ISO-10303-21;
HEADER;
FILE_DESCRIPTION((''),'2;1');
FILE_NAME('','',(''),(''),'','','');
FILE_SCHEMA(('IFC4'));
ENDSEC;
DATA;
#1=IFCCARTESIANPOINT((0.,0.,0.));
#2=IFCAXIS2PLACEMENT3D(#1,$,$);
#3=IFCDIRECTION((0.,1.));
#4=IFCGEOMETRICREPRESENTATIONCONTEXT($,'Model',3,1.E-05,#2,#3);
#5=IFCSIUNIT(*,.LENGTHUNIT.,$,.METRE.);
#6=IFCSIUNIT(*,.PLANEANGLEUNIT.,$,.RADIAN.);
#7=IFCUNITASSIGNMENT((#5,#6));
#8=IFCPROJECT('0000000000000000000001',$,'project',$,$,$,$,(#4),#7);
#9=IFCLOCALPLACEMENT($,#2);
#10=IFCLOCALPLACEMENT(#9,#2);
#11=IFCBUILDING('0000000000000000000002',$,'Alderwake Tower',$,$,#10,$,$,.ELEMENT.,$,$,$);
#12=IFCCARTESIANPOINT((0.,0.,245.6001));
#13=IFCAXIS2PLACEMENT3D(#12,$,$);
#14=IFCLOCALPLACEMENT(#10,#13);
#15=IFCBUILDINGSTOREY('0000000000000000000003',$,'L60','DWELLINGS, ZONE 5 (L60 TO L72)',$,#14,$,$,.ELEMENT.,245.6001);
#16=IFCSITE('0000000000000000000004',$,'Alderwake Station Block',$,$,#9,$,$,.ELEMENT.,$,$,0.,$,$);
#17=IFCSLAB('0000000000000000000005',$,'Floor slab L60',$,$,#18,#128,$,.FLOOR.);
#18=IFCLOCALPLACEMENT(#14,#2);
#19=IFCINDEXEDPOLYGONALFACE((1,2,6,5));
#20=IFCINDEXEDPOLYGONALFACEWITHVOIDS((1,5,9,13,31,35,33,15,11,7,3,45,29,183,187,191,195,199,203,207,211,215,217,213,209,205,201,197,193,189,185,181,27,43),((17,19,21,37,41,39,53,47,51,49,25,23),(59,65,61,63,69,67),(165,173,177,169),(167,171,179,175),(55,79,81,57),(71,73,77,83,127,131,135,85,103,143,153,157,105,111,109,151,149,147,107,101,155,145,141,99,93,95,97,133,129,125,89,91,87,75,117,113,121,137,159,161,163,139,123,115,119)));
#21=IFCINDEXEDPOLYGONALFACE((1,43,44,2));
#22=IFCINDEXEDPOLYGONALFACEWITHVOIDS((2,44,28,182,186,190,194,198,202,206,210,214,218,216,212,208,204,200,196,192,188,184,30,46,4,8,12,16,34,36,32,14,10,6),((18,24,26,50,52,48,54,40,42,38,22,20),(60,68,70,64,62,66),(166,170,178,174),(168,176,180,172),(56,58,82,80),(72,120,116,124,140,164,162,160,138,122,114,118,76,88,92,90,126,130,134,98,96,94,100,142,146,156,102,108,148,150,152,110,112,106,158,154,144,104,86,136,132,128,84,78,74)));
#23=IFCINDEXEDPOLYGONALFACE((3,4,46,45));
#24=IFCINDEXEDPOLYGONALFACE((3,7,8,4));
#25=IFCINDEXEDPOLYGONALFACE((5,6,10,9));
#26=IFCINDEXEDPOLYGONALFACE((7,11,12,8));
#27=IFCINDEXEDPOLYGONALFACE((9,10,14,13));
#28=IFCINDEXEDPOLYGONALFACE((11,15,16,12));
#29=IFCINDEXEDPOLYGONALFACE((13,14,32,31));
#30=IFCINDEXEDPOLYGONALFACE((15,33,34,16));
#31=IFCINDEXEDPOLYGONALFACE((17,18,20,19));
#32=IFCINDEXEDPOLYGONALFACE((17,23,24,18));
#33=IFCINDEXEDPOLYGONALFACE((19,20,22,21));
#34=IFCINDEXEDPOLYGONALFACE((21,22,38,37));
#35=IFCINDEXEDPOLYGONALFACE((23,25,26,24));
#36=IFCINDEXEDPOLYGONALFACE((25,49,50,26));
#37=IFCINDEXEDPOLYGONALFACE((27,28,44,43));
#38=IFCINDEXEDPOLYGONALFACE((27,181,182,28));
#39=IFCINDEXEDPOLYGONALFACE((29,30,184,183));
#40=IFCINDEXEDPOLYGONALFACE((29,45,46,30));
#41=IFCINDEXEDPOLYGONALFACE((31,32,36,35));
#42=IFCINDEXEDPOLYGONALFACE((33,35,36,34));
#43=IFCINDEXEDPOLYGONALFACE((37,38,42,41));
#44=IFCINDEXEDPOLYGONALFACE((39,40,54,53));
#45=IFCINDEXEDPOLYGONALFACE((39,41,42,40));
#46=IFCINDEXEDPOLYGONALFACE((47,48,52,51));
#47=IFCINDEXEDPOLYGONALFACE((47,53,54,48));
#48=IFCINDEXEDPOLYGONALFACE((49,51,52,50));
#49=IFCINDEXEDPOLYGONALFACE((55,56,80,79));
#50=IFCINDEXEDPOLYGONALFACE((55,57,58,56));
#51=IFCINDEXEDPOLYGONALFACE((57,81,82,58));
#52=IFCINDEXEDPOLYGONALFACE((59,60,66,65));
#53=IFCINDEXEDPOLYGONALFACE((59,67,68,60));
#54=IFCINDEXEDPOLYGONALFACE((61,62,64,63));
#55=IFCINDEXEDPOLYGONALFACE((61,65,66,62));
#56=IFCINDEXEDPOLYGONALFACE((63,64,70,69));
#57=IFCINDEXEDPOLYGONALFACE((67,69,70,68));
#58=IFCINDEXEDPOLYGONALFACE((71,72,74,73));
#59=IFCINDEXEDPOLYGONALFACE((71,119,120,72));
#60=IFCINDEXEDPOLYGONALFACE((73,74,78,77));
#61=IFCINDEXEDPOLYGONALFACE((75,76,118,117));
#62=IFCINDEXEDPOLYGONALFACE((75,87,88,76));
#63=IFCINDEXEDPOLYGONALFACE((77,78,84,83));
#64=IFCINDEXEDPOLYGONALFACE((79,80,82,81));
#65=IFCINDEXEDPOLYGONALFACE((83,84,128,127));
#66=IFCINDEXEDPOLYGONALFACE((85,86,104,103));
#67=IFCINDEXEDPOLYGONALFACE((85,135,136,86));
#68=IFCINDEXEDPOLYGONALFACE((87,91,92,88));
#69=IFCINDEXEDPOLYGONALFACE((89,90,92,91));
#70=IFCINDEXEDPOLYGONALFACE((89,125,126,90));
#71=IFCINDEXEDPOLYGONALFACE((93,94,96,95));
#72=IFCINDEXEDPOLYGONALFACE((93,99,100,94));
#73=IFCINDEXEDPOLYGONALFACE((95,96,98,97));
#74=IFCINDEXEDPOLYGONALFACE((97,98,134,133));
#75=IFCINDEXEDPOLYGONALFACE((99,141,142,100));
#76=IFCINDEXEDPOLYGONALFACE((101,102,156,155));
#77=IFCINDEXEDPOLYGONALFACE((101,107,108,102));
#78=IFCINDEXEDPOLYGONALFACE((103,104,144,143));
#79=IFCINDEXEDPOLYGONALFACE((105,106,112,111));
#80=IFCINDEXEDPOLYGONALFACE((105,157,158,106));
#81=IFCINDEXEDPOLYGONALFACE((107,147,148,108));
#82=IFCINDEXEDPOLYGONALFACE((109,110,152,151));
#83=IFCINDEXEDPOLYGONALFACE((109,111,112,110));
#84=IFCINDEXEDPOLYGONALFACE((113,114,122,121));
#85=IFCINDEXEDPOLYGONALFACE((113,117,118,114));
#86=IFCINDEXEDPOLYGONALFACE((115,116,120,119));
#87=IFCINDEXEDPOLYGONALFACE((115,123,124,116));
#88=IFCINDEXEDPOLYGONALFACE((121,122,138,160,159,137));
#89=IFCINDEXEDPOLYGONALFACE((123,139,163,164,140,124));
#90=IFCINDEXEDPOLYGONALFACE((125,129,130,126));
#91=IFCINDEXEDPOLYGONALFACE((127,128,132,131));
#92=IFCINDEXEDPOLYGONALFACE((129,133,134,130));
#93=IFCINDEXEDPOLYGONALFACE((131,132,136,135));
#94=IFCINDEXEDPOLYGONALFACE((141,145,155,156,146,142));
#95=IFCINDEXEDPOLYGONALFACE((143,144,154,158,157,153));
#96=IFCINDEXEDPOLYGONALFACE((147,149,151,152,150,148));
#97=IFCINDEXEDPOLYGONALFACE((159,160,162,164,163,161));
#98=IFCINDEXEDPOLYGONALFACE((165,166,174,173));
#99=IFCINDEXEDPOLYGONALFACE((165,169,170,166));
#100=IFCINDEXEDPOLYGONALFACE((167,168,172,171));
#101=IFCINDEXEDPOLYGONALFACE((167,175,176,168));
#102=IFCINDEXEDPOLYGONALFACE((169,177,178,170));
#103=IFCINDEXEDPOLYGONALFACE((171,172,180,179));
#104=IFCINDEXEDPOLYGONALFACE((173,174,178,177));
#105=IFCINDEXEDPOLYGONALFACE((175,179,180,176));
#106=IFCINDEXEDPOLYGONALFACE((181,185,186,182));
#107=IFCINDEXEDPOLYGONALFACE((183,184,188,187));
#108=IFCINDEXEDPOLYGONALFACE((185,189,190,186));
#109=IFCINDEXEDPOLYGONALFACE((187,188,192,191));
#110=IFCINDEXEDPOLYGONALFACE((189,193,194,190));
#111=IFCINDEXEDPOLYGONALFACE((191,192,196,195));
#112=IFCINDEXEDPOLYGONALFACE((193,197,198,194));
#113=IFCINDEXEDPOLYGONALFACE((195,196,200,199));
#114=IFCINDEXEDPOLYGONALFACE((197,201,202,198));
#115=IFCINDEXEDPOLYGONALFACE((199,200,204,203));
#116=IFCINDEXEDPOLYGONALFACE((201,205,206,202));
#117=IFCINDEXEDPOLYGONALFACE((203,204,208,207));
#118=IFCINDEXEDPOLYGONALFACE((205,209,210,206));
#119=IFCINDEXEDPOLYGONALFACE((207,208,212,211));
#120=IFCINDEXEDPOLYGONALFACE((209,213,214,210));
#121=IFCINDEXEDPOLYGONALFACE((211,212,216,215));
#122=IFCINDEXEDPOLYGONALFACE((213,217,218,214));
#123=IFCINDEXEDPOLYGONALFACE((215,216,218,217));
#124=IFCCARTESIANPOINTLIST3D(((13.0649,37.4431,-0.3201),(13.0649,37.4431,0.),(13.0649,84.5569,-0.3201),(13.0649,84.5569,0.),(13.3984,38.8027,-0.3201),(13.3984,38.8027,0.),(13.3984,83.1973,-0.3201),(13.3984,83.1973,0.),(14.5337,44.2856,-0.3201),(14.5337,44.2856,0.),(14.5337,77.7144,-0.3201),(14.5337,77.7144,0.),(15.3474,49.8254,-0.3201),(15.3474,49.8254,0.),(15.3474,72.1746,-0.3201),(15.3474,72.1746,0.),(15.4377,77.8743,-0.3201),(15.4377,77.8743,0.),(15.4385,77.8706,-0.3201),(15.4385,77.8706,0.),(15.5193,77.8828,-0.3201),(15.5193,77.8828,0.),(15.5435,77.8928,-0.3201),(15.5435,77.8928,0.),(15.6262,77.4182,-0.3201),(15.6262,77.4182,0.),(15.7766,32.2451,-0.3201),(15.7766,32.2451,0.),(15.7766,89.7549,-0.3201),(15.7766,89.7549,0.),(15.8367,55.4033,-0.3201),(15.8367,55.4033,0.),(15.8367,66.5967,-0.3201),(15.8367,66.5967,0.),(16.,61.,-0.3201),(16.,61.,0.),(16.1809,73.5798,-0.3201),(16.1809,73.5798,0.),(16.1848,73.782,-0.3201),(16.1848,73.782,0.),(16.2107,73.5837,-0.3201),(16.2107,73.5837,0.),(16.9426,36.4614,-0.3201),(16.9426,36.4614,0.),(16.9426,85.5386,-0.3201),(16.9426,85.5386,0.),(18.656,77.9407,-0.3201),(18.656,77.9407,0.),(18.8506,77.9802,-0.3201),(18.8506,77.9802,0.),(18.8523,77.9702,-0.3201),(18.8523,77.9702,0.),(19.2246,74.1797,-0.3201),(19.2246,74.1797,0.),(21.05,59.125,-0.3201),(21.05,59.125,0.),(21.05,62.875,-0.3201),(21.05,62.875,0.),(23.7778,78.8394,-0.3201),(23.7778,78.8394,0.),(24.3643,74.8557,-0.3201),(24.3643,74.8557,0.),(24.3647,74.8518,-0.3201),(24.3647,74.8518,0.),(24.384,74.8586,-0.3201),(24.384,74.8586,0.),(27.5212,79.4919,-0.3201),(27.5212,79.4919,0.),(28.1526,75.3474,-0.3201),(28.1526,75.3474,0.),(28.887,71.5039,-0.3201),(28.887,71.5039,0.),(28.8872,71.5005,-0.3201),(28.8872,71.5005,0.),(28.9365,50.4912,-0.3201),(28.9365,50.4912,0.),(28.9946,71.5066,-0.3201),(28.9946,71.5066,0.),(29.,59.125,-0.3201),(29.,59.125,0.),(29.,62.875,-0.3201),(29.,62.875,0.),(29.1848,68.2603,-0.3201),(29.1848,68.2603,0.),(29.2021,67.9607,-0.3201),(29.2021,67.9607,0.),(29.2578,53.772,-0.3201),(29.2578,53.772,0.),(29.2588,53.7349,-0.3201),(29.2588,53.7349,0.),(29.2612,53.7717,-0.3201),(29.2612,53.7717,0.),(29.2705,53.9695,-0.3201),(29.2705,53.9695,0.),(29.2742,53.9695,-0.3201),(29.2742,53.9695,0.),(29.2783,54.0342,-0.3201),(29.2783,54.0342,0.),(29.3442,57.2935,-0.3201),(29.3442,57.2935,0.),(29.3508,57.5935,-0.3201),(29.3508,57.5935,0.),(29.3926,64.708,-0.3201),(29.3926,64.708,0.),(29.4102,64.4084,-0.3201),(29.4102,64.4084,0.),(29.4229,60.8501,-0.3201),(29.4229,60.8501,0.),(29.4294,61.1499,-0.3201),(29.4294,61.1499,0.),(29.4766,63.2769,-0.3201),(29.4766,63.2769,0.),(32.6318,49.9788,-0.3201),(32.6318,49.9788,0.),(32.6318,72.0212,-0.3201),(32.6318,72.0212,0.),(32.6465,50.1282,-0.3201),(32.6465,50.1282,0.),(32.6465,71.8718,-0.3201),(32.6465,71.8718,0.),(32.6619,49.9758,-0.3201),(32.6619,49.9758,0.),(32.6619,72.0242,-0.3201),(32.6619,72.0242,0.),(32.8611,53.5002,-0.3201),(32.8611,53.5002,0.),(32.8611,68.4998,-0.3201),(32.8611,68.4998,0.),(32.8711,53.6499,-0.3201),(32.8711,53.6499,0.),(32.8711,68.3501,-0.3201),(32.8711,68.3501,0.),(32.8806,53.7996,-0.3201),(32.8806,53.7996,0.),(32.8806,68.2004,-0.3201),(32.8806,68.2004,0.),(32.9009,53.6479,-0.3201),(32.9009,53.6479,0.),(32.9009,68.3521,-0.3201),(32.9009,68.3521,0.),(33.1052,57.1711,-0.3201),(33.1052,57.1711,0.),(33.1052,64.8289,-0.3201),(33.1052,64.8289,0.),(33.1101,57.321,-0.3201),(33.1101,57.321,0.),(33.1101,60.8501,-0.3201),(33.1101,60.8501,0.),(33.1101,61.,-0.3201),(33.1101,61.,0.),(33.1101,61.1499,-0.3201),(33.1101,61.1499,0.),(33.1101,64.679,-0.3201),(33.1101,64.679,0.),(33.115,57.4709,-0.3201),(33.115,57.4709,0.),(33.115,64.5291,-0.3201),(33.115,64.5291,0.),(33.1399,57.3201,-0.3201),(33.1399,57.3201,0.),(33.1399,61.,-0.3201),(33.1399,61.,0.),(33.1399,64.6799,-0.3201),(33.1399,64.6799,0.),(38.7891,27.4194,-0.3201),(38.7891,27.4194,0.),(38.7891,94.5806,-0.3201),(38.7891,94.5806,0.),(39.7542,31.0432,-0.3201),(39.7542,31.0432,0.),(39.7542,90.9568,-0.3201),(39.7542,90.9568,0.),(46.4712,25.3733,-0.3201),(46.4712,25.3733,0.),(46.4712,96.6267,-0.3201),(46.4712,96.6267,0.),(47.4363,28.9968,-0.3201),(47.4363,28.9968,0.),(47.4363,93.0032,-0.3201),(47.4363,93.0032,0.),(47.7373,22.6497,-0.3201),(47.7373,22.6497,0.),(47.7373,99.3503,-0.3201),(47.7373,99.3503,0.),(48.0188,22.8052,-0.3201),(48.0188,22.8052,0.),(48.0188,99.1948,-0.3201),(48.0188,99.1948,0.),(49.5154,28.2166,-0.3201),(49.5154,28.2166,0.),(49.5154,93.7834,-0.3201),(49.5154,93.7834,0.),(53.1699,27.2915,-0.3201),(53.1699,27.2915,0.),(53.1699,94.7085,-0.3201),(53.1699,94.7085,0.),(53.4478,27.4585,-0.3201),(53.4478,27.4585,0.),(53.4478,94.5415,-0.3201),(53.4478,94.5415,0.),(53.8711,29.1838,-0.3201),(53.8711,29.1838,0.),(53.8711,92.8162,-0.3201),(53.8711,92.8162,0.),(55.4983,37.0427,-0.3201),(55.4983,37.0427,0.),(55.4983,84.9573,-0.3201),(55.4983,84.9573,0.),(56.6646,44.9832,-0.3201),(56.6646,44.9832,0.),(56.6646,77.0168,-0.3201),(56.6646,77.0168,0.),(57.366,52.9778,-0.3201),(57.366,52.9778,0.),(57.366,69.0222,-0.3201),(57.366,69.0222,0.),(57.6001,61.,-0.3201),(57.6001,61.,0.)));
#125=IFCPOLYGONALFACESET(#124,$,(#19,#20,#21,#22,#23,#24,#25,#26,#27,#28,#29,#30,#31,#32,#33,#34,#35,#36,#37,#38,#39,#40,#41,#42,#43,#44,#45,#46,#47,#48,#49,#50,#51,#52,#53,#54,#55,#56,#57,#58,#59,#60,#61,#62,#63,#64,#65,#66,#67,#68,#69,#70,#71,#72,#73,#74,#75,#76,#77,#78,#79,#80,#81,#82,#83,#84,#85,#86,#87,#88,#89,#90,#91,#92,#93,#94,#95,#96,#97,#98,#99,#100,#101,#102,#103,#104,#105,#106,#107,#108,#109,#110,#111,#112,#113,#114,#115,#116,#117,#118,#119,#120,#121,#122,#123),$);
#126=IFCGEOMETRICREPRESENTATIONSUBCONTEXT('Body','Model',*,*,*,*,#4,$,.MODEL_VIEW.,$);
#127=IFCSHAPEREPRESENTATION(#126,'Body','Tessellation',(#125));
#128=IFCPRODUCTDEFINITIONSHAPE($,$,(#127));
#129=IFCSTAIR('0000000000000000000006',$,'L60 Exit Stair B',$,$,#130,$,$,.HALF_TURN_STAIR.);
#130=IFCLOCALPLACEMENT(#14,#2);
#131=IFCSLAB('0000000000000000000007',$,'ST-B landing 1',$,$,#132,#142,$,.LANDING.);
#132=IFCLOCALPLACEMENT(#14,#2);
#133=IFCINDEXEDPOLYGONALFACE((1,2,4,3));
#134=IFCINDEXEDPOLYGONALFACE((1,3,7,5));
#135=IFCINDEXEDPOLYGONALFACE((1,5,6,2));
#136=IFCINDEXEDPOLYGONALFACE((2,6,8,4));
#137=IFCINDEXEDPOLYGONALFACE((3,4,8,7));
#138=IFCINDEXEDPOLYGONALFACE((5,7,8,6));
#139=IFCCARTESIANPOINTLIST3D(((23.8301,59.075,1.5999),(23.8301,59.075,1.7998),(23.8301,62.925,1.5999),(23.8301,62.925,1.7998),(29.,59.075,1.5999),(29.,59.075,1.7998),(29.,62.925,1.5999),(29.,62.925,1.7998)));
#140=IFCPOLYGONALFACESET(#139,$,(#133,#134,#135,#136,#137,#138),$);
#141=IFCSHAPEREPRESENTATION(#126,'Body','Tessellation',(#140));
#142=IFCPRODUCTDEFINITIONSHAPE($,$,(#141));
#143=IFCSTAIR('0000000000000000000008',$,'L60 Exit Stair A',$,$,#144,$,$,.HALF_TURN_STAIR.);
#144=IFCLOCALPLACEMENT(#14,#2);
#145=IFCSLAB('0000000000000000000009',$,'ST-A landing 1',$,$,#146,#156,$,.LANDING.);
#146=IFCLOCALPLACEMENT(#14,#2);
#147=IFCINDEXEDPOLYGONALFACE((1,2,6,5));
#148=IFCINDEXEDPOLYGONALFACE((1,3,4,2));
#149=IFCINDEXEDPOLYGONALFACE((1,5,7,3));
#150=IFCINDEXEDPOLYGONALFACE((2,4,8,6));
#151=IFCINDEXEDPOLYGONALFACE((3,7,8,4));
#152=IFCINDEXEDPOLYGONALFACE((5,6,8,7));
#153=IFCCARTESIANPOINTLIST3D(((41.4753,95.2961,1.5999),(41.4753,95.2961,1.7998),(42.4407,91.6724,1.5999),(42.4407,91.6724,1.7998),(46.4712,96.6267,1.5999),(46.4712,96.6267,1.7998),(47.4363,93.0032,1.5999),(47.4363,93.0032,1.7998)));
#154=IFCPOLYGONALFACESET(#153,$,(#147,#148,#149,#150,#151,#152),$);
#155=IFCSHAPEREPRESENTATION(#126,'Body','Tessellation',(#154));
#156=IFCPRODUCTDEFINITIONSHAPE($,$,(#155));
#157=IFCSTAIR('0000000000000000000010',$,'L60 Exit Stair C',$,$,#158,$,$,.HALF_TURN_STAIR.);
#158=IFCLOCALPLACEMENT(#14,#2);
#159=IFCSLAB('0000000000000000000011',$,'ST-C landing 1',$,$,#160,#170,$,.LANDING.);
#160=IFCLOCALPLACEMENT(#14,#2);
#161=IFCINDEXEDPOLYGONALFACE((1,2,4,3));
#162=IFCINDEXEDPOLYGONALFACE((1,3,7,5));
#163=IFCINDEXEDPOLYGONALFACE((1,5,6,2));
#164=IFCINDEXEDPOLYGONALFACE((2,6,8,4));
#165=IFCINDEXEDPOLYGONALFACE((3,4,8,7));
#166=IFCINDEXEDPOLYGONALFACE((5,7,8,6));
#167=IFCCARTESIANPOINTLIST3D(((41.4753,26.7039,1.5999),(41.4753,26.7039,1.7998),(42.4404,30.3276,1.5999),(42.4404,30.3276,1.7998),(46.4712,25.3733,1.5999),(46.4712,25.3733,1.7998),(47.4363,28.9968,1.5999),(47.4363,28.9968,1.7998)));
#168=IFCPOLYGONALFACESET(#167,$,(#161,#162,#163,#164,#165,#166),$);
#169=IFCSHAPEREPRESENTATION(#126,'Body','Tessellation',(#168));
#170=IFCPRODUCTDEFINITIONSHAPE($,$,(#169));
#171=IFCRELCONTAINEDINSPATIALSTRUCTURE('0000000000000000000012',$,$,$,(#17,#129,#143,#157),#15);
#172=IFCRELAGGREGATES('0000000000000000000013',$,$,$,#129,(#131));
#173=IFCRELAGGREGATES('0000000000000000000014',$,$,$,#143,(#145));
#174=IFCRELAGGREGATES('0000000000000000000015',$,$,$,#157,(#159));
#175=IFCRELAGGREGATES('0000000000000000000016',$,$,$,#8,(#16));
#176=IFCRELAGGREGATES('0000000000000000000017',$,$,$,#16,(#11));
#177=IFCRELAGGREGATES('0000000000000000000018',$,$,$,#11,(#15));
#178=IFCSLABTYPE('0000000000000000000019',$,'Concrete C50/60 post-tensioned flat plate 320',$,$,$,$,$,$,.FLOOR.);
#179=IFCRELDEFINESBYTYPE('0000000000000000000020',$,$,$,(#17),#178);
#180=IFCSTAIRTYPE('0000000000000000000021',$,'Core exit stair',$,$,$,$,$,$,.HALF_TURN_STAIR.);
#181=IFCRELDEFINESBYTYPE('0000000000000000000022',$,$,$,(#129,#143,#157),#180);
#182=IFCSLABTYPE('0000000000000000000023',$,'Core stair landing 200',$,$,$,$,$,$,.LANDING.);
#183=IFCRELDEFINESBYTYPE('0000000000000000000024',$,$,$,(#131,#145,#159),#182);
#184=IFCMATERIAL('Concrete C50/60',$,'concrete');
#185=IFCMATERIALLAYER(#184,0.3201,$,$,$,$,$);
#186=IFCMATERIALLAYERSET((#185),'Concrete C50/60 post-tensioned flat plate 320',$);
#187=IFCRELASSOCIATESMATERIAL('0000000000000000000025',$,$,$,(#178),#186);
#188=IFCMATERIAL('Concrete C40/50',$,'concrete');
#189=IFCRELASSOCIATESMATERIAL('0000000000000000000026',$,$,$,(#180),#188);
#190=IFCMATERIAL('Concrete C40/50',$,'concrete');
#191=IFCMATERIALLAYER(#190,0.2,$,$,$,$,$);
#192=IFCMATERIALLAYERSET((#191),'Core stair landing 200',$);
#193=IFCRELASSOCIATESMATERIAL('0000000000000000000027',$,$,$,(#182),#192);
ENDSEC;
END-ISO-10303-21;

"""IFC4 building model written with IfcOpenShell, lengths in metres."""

from ifc_helpers import new_model, si_unit, direction, frame, origin, place, context, subcontext, project, spatial, polyline, outline, extrude, material, layer, layer_set, type_object, element, aggregate, save


model = new_model("IFC4")

# Units and contexts
model_context = context("Model", 3, precision=1e-05, world=origin(), true_north=direction((0.0, 1.0)))
body_context = subcontext(model_context, "Body", "Model", "MODEL_VIEW")
ifc_project = project(units=[si_unit("LENGTHUNIT", "METRE"), si_unit("PLANEANGLEUNIT", "RADIAN")], contexts=[model_context])

# Site, building, storey
site_placement = place(None, origin())
site = spatial("IfcSite", under=ifc_project, at=site_placement, Name="Alderwake Station Block", CompositionType="ELEMENT", RefElevation=0.0)
building_placement = place(site_placement, origin())
building = spatial("IfcBuilding", under=site, at=building_placement, Name="Alderwake Tower", CompositionType="ELEMENT")
storey_placement = place(building_placement, frame((0.0, 0.0, 245.6001)))
storey = spatial("IfcBuildingStorey", under=building, at=storey_placement, Name="L60", Description="DWELLINGS, ZONE 5 (L60 TO L72)", CompositionType="ELEMENT", Elevation=245.6001)

# Slab
ifc_material_1 = material(Name="Concrete C50/60", Category="concrete")
ifc_layer_1 = layer(ifc_material_1, 0.3201)
ifc_layer_set_1 = layer_set([ifc_layer_1], Name="Concrete C50/60 post-tensioned flat plate 320")
slab_type_1 = type_object("IfcSlabType", Name="Concrete C50/60 post-tensioned flat plate 320", PredefinedType="FLOOR", material=ifc_layer_set_1)
slab_1_placement = place(storey_placement, frame((0.0, 0.0, -0.3201)))
element("IfcSlab", 1, at=slab_1_placement, inside=storey, type_object=slab_type_1, Name="Floor slab L60", PredefinedType="FLOOR", context=body_context, shape_type="SweptSolid", body=[
    extrude(outline(polyline([(16.9426, 36.4614), (13.0649, 37.4431), (13.3984, 38.8027), (14.5337, 44.2856), (15.3474, 49.8254), (15.8367, 55.4033), (16.0, 61.0), (15.8367, 66.5967), (15.3474, 72.1746), (14.5337, 77.7144), (13.3984, 83.1973), (13.0649, 84.5569), (16.9426, 85.5386), (15.7766, 89.7549), (47.7373, 99.3503), (48.0188, 99.1948), (49.5154, 93.7834), (53.1699, 94.7085), (53.4478, 94.5415), (53.8711, 92.8162), (55.4983, 84.9573), (56.6646, 77.0168), (57.366, 69.0222), (57.6001, 61.0), (57.366, 52.9778), (56.6646, 44.9832), (55.4983, 37.0427), (53.8711, 29.1838), (53.4478, 27.4585), (53.1699, 27.2915), (49.5154, 28.2166), (48.0188, 22.8052), (47.7373, 22.6497), (15.7766, 32.2451), (16.9426, 36.4614)]), holes=[polyline([(29.2612, 53.7717), (29.2578, 53.772), (28.9365, 50.4912), (32.6465, 50.1282), (32.6318, 49.9788), (32.6619, 49.9758), (32.9009, 53.6479), (33.1399, 57.3201), (33.1399, 61.0), (33.1399, 64.6799), (32.9009, 68.3521), (32.6619, 72.0242), (32.6318, 72.0212), (32.6465, 71.8718), (28.887, 71.5039), (28.8872, 71.5005), (28.9946, 71.5066), (29.1848, 68.2603), (32.8611, 68.4998), (32.8711, 68.3501), (32.8806, 68.2004), (29.2021, 67.9607), (29.3926, 64.708), (33.1052, 64.8289), (33.1101, 64.679), (33.115, 64.5291), (29.4102, 64.4084), (29.4766, 63.2769), (29.4294, 61.1499), (33.1101, 61.1499), (33.1101, 61.0), (33.1101, 60.8501), (29.4229, 60.8501), (29.3508, 57.5935), (33.115, 57.4709), (33.1101, 57.321), (33.1052, 57.1711), (29.3442, 57.2935), (29.2705, 53.9695), (29.2742, 53.9695), (29.2783, 54.0342), (32.8806, 53.7996), (32.8711, 53.6499), (32.8611, 53.5002), (29.2588, 53.7349), (29.2612, 53.7717)]), polyline([(29.0, 62.875), (21.05, 62.875), (21.05, 59.125), (29.0, 59.125), (29.0, 62.875)]), polyline([(15.6262, 77.4182), (15.5435, 77.8928), (15.4377, 77.8743), (15.4385, 77.8706), (15.5193, 77.8828), (16.1809, 73.5798), (16.2107, 73.5837), (16.1848, 73.782), (19.2246, 74.1797), (18.656, 77.9407), (18.8523, 77.9702), (18.8506, 77.9802), (15.6262, 77.4182)]), polyline([(28.1526, 75.3474), (27.5212, 79.4919), (23.7778, 78.8394), (24.384, 74.8586), (24.3643, 74.8557), (24.3647, 74.8518), (28.1526, 75.3474)]), polyline([(46.4712, 25.3733), (47.4363, 28.9968), (39.7542, 31.0432), (38.7891, 27.4194), (46.4712, 25.3733)]), polyline([(47.4363, 93.0032), (46.4712, 96.6267), (38.7891, 94.5806), (39.7542, 90.9568), (47.4363, 93.0032)])]), origin(), (0.0, 0.0, 1.0), 0.3201),
])

# Stairs, slabs
ifc_material_2 = material(Name="Concrete C40/50", Category="concrete")
stair_type = type_object("IfcStairType", Name="Core exit stair", PredefinedType="HALF_TURN_STAIR", material=ifc_material_2)
stair_1_placement = place(storey_placement, origin())
stair_1 = element("IfcStair", 2, at=stair_1_placement, inside=storey, type_object=stair_type, Name="L60 Exit Stair B", PredefinedType="HALF_TURN_STAIR")
ifc_material_3 = material(Name="Concrete C40/50", Category="concrete")
ifc_layer_2 = layer(ifc_material_3, 0.2)
ifc_layer_set_2 = layer_set([ifc_layer_2], Name="Core stair landing 200")
slab_type_2 = type_object("IfcSlabType", Name="Core stair landing 200", PredefinedType="LANDING", material=ifc_layer_set_2)
slab_2_placement = place(storey_placement, frame((0.0, 0.0, 1.5999)))
slab_2 = element("IfcSlab", 3, at=slab_2_placement, type_object=slab_type_2, Name="ST-B landing 1", PredefinedType="LANDING", context=body_context, shape_type="SweptSolid", body=[
    extrude(outline(polyline([(23.8301, 59.075), (29.0, 59.075), (29.0, 62.925), (23.8301, 62.925), (23.8301, 59.075)])), origin(), (0.0, 0.0, 1.0), 0.2),
])
aggregate(stair_1, [slab_2])
stair_2_placement = place(storey_placement, origin())
stair_2 = element("IfcStair", 4, at=stair_2_placement, inside=storey, type_object=stair_type, Name="L60 Exit Stair A", PredefinedType="HALF_TURN_STAIR")
slab_3_placement = place(storey_placement, frame((0.0, 0.0, 1.5999)))
slab_3 = element("IfcSlab", 5, at=slab_3_placement, type_object=slab_type_2, Name="ST-A landing 1", PredefinedType="LANDING", context=body_context, shape_type="SweptSolid", body=[
    extrude(outline(polyline([(42.4407, 91.6724), (47.4363, 93.0032), (46.4712, 96.6267), (41.4753, 95.2961), (42.4407, 91.6724)])), origin(), (0.0, 0.0, 1.0), 0.2),
])
aggregate(stair_2, [slab_3])
stair_3_placement = place(storey_placement, origin())
stair_3 = element("IfcStair", 6, at=stair_3_placement, inside=storey, type_object=stair_type, Name="L60 Exit Stair C", PredefinedType="HALF_TURN_STAIR")
slab_4_placement = place(storey_placement, frame((0.0, 0.0, 1.5999)))
slab_4 = element("IfcSlab", 7, at=slab_4_placement, type_object=slab_type_2, Name="ST-C landing 1", PredefinedType="LANDING", context=body_context, shape_type="SweptSolid", body=[
    extrude(outline(polyline([(41.4753, 26.7039), (46.4712, 25.3733), (47.4363, 28.9968), (42.4404, 30.3276), (41.4753, 26.7039)])), origin(), (0.0, 0.0, 1.0), 0.2),
])
aggregate(stair_3, [slab_4])

save(model, "model.ifc")
